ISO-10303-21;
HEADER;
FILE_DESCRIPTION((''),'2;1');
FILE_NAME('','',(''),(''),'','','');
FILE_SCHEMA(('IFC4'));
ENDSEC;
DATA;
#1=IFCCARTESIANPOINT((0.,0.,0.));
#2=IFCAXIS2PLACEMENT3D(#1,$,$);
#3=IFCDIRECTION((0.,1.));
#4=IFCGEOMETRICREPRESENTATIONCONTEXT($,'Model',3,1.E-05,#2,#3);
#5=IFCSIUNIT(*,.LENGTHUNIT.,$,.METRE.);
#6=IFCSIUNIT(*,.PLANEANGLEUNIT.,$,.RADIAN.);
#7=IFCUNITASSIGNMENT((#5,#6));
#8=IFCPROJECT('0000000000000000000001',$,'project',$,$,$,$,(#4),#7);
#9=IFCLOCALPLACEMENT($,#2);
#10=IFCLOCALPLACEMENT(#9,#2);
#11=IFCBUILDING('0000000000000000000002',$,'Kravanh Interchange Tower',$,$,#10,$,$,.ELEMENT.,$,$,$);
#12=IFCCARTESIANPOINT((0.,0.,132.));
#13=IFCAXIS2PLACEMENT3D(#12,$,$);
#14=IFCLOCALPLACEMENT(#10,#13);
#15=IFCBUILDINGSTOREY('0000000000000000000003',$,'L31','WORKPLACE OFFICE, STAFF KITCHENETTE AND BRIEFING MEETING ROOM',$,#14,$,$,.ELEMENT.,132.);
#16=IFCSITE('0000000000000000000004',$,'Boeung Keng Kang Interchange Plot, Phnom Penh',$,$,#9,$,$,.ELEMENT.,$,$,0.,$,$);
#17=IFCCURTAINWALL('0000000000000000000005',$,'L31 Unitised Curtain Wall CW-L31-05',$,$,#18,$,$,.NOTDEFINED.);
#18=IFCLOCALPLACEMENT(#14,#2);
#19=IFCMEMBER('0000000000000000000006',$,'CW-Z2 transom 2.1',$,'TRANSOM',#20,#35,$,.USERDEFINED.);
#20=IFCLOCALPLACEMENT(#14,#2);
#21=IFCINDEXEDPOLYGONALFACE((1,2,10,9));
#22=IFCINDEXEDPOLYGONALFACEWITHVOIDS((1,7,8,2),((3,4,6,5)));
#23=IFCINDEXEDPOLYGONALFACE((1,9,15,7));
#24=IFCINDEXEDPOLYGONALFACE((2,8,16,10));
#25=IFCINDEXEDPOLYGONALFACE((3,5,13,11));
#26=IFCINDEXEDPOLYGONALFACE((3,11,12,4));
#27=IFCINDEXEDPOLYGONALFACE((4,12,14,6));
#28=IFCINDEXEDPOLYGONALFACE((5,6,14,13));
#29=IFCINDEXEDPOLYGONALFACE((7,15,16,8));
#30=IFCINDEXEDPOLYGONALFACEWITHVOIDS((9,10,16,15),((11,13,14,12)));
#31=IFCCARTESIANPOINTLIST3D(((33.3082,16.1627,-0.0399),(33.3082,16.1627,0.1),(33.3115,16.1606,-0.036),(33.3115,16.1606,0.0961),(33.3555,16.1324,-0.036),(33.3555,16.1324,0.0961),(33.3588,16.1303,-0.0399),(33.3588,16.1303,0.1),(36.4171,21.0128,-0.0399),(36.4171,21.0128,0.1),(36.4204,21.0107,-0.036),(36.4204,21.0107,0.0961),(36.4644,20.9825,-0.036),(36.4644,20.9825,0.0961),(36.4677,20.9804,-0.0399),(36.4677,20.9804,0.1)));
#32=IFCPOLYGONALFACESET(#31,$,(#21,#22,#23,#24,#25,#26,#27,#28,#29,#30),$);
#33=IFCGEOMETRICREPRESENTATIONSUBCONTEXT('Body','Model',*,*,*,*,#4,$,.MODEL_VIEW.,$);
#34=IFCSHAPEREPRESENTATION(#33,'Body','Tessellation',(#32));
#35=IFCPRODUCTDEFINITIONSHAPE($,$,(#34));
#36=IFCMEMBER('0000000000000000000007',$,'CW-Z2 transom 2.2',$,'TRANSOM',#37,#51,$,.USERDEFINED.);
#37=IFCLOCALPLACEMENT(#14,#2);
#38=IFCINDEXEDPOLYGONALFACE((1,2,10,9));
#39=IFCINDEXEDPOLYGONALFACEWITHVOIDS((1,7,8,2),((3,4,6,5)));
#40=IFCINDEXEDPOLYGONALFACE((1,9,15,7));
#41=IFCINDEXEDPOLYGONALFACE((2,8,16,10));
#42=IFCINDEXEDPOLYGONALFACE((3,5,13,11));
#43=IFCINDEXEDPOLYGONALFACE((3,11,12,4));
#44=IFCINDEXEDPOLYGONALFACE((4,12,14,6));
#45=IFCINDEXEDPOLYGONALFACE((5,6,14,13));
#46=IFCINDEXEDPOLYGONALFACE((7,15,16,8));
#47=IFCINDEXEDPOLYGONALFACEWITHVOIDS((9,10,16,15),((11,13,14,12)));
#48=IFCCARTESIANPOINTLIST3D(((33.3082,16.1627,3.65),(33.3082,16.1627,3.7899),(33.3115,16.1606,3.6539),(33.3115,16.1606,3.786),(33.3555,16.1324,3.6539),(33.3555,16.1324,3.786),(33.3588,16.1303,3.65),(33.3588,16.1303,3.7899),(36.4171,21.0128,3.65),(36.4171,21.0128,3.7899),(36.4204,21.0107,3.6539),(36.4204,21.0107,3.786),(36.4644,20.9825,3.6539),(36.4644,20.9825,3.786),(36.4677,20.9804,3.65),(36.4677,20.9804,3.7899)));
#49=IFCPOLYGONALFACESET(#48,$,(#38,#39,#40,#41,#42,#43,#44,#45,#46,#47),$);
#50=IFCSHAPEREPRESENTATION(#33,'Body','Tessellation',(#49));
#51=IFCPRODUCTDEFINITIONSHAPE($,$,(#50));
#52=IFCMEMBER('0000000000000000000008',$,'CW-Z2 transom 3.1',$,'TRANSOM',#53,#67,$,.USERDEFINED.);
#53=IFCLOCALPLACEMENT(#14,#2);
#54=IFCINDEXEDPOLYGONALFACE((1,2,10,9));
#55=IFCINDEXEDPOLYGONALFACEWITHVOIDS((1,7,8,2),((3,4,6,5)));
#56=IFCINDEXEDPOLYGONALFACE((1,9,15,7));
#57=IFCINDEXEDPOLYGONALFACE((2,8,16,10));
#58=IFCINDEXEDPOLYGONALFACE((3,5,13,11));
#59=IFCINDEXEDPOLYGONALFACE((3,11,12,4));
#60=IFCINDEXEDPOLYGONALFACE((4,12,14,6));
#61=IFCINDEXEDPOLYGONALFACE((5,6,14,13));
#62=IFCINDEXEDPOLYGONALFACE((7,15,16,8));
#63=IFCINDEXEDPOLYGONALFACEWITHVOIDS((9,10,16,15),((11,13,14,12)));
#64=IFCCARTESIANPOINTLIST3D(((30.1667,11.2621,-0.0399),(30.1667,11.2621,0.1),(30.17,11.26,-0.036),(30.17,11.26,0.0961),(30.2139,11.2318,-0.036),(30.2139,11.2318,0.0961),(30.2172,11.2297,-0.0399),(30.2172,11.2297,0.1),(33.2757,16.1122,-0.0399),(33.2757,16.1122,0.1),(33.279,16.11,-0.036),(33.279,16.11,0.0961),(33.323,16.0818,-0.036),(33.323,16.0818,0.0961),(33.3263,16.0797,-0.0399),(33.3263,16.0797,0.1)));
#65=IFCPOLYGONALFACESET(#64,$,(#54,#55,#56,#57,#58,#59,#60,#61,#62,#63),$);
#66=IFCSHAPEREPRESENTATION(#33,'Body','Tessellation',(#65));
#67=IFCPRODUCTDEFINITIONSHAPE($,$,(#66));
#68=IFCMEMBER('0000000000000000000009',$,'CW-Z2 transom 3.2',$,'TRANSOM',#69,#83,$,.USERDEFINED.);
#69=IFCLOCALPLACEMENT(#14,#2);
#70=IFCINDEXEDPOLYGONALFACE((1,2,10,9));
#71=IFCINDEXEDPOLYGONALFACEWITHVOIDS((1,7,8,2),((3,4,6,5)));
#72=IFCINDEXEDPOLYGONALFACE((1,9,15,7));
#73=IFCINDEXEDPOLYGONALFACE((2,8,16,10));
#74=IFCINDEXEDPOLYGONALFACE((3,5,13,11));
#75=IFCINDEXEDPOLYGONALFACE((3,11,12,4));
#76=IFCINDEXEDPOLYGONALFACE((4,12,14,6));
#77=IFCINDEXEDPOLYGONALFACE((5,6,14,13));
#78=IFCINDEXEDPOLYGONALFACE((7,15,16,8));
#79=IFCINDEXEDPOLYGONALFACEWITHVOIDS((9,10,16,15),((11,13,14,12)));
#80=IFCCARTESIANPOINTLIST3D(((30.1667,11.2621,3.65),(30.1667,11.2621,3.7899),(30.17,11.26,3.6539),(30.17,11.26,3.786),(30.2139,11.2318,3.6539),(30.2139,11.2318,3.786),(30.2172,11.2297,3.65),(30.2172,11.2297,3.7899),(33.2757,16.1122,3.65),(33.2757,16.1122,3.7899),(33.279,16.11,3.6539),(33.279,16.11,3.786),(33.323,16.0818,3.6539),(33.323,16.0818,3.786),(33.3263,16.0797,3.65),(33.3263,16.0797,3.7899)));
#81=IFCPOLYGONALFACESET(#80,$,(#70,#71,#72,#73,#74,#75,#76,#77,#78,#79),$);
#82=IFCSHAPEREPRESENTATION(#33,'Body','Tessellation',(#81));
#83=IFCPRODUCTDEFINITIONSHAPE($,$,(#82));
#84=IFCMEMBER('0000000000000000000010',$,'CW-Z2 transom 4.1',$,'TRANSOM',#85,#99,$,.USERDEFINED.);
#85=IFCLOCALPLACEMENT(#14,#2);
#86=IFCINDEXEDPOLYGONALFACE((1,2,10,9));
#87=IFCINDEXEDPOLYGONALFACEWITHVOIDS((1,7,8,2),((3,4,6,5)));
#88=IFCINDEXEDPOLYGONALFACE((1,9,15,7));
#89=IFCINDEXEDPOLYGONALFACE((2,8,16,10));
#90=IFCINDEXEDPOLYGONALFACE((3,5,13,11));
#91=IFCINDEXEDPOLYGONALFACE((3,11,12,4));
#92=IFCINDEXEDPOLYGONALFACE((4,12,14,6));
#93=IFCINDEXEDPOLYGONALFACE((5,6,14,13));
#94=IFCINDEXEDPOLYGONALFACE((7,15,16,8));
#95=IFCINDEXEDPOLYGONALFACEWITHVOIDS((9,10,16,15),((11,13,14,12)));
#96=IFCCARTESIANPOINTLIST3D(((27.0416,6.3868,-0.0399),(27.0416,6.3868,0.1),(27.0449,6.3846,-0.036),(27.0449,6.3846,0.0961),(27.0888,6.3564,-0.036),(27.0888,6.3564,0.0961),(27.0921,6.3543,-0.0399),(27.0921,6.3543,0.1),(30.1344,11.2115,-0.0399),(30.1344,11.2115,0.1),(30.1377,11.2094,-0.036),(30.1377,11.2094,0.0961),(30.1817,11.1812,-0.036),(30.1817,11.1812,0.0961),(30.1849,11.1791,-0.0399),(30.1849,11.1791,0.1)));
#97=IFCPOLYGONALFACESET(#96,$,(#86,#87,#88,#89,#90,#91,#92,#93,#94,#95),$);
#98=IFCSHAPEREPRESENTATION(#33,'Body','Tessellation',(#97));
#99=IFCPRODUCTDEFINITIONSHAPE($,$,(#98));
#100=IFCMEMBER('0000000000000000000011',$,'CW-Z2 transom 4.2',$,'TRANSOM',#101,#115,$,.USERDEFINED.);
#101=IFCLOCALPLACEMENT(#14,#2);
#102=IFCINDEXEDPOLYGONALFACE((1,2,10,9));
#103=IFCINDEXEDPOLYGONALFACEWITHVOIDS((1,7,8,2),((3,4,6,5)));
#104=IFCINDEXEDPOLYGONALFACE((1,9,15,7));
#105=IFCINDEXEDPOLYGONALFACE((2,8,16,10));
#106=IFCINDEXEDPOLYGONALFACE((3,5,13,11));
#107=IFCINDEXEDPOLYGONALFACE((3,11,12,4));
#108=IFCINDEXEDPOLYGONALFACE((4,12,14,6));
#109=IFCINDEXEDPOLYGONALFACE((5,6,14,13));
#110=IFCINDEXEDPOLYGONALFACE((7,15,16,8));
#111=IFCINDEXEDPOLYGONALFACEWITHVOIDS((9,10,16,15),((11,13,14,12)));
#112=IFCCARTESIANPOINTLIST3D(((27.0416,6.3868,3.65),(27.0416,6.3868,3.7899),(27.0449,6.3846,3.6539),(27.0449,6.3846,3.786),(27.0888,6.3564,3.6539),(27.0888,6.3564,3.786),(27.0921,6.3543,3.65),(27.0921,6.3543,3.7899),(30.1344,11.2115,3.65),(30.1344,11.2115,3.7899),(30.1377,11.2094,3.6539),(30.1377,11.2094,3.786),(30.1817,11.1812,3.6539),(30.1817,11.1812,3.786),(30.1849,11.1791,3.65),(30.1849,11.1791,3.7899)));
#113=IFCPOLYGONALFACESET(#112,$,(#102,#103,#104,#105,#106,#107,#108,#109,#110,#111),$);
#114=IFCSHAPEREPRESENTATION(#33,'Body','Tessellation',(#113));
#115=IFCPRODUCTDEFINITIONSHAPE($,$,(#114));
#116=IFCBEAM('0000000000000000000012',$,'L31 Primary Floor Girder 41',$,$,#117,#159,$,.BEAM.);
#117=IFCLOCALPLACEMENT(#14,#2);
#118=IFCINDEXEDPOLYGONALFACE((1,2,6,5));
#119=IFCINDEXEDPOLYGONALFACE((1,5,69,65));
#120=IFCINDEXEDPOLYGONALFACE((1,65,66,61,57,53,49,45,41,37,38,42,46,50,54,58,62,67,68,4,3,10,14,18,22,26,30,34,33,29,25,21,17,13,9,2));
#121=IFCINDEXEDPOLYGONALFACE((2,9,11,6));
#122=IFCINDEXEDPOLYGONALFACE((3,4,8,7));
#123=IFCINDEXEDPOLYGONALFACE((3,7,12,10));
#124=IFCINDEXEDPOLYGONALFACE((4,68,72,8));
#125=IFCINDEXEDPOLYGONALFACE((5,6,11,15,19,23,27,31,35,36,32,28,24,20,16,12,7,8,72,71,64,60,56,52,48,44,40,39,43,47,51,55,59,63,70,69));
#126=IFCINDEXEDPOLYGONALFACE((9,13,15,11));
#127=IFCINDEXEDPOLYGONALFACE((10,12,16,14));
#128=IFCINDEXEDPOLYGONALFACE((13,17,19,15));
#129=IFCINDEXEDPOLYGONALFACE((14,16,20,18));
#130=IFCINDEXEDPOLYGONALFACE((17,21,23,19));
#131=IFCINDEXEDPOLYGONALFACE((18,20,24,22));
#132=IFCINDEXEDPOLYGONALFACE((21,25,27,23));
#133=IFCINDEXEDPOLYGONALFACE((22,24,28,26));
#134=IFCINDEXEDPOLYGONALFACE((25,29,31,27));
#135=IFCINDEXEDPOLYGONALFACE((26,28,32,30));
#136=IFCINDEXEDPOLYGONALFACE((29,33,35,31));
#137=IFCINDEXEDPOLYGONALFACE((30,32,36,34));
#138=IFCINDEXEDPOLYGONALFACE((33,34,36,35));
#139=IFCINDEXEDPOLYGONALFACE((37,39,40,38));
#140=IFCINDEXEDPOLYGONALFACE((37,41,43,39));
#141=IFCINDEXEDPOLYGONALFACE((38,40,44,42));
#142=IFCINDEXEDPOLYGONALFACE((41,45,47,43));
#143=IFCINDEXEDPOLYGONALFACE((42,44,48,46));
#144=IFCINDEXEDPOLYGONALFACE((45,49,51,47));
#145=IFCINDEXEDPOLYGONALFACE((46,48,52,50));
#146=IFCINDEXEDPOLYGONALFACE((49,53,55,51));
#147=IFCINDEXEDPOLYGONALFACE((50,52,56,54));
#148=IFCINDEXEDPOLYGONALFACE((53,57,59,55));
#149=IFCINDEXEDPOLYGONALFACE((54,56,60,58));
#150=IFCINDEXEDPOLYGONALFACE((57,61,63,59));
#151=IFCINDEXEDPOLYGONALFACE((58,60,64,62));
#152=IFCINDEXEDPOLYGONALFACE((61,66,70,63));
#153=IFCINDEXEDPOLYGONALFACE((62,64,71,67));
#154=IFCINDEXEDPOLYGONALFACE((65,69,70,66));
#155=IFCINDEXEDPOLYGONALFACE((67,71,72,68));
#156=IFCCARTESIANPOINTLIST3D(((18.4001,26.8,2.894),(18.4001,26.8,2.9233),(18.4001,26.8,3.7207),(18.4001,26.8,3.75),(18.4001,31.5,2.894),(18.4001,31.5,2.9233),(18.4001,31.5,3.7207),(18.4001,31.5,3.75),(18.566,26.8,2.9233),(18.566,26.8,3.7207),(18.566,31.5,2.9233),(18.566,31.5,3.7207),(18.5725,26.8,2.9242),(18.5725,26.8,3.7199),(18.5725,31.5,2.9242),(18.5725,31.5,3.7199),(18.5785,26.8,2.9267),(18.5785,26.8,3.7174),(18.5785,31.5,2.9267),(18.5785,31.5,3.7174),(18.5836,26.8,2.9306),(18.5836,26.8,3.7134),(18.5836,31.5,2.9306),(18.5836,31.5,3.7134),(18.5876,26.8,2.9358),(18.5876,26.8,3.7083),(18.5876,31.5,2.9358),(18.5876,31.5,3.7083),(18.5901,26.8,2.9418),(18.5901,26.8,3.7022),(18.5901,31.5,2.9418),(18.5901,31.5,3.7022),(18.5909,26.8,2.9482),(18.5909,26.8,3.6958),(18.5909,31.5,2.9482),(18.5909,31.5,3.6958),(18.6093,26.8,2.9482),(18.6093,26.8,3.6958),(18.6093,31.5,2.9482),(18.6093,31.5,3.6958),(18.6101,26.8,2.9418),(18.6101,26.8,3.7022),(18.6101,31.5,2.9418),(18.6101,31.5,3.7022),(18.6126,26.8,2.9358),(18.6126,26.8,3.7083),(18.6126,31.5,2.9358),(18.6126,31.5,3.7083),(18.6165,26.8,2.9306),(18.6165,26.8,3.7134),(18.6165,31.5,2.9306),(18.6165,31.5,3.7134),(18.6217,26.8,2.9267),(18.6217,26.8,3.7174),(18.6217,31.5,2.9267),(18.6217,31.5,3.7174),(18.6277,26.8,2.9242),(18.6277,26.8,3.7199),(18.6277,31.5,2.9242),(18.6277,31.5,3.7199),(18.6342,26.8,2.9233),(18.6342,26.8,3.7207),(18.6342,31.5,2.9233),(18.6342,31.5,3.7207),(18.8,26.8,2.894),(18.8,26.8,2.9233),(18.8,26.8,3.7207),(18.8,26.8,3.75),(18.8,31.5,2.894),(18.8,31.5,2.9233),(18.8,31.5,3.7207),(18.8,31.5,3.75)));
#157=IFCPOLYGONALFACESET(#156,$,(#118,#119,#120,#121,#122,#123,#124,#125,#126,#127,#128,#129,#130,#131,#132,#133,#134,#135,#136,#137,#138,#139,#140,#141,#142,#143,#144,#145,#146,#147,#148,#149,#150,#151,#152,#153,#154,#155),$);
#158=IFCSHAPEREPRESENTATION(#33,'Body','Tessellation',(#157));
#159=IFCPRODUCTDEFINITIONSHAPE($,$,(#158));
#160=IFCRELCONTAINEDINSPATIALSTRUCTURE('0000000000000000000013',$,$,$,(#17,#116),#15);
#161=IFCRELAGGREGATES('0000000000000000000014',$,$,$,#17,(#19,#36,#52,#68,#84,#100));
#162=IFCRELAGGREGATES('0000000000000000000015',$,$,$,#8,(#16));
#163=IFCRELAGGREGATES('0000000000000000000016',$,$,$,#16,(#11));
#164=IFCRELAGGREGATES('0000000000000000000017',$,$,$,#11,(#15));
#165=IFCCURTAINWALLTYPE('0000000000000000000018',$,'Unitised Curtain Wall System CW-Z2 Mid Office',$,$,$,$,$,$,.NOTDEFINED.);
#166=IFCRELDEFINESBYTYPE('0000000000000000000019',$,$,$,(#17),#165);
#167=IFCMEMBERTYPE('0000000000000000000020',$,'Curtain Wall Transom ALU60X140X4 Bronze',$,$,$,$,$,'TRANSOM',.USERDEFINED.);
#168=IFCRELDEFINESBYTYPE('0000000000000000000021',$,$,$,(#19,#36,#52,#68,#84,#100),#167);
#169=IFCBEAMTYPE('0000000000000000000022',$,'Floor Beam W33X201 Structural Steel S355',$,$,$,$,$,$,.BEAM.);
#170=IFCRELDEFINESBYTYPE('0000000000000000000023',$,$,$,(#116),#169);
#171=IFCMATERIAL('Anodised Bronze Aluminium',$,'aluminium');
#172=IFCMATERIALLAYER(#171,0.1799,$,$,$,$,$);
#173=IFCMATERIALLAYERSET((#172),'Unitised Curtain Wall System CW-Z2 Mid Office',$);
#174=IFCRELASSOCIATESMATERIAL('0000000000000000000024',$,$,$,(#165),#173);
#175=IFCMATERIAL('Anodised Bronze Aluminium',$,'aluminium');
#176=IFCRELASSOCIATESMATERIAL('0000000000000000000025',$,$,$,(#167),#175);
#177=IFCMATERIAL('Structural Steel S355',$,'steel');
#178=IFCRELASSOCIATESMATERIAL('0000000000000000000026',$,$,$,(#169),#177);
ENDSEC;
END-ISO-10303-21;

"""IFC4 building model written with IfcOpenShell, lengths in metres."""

from ifc_helpers import new_model, si_unit, direction, frame, origin, origin_2d, place, context, subcontext, project, spatial, hollow_rectangle, i_section, extrude, material, layer, layer_set, material_profile, profile_set, type_object, element, aggregate, save


model = new_model("IFC4")

# Units and contexts
model_context = context("Model", 3, precision=1e-05, world=origin(), true_north=direction((0.0, 1.0)))
body_context = subcontext(model_context, "Body", "Model", "MODEL_VIEW")
ifc_project = project(units=[si_unit("LENGTHUNIT", "METRE"), si_unit("PLANEANGLEUNIT", "RADIAN")], contexts=[model_context])

# Site, building, storey
site_placement = place(None, origin())
site = spatial("IfcSite", under=ifc_project, at=site_placement, Name="Boeung Keng Kang Interchange Plot, Phnom Penh", CompositionType="ELEMENT", RefElevation=0.0)
building_placement = place(site_placement, origin())
building = spatial("IfcBuilding", under=site, at=building_placement, Name="Kravanh Interchange Tower", CompositionType="ELEMENT")
storey_placement = place(building_placement, frame((0.0, 0.0, 132.0)))
storey = spatial("IfcBuildingStorey", under=building, at=storey_placement, Name="L31", Description="WORKPLACE OFFICE, STAFF KITCHENETTE AND BRIEFING MEETING ROOM", CompositionType="ELEMENT", Elevation=132.0)

# Curtain wall, members
ifc_material_1 = material(Name="Anodised Bronze Aluminium", Category="aluminium")
ifc_layer_1 = layer(ifc_material_1, 0.1799)
ifc_layer_set_1 = layer_set([ifc_layer_1], Name="Unitised Curtain Wall System CW-Z2 Mid Office")
curtain_wall_type = type_object("IfcCurtainWallType", Name="Unitised Curtain Wall System CW-Z2 Mid Office", PredefinedType="NOTDEFINED", material=ifc_layer_set_1)
curtain_wall_placement = place(storey_placement, origin())
curtain_wall = element("IfcCurtainWall", 1, at=curtain_wall_placement, inside=storey, type_object=curtain_wall_type, Name="L31 Unitised Curtain Wall CW-L31-05", PredefinedType="NOTDEFINED")
ifc_material_2 = material(Name="Anodised Bronze Aluminium", Category="aluminium")
ifc_material_profile_1 = material_profile(ifc_material_2, hollow_rectangle(XDim=0.0601, YDim=0.1399, WallThickness=0.0039, at=origin_2d()), Name="ALU60X140X4")
ifc_profile_set_1 = profile_set([ifc_material_profile_1], Name="Anodised Bronze Aluminium")
member_type_1 = type_object("IfcMemberType", Name="Curtain Wall Transom ALU60X140X4 Bronze", ElementType="TRANSOM", PredefinedType="USERDEFINED", material=ifc_profile_set_1)
member_1_placement = place(storey_placement, frame((36.4424, 20.9966, 0.03), z_axis=(-0.539648, -0.841891, 0.0), x_axis=(0.841891, -0.539648, 0.0)))
member_1 = element("IfcMember", 2, at=member_1_placement, type_object=member_type_1, Name="CW-Z2 transom 2.1", ObjectType="TRANSOM", PredefinedType="USERDEFINED", context=body_context, shape_type="SweptSolid", body=[
    extrude(hollow_rectangle(XDim=0.0601, YDim=0.1399, WallThickness=0.0039, at=origin_2d()), origin(), (0.0, 0.0, 1.0), 5.761),
])
member_2_placement = place(storey_placement, frame((36.4424, 20.9966, 3.72), z_axis=(-0.539648, -0.841891, 0.0), x_axis=(0.841891, -0.539648, 0.0)))
member_2 = element("IfcMember", 3, at=member_2_placement, type_object=member_type_1, Name="CW-Z2 transom 2.2", ObjectType="TRANSOM", PredefinedType="USERDEFINED", context=body_context, shape_type="SweptSolid", body=[
    extrude(hollow_rectangle(XDim=0.0601, YDim=0.1399, WallThickness=0.0039, at=origin_2d()), origin(), (0.0, 0.0, 1.0), 5.761),
])
member_3_placement = place(storey_placement, frame((33.301, 16.0959, 0.03), z_axis=(-0.539678, -0.841872, 0.0), x_axis=(0.841872, -0.539678, 0.0)))
member_3 = element("IfcMember", 4, at=member_3_placement, type_object=member_type_1, Name="CW-Z2 transom 3.1", ObjectType="TRANSOM", PredefinedType="USERDEFINED", context=body_context, shape_type="SweptSolid", body=[
    extrude(hollow_rectangle(XDim=0.0601, YDim=0.1399, WallThickness=0.0039, at=origin_2d()), origin(), (0.0, 0.0, 1.0), 5.761),
])
member_4_placement = place(storey_placement, frame((33.301, 16.0959, 3.72), z_axis=(-0.539678, -0.841872, 0.0), x_axis=(0.841872, -0.539678, 0.0)))
member_4 = element("IfcMember", 5, at=member_4_placement, type_object=member_type_1, Name="CW-Z2 transom 3.2", ObjectType="TRANSOM", PredefinedType="USERDEFINED", context=body_context, shape_type="SweptSolid", body=[
    extrude(hollow_rectangle(XDim=0.0601, YDim=0.1399, WallThickness=0.0039, at=origin_2d()), origin(), (0.0, 0.0, 1.0), 5.761),
])
member_5_placement = place(storey_placement, frame((30.1597, 11.1953, 0.03), z_axis=(-0.539668, -0.841878, 0.0), x_axis=(0.841878, -0.539668, 0.0)))
member_5 = element("IfcMember", 6, at=member_5_placement, type_object=member_type_1, Name="CW-Z2 transom 4.1", ObjectType="TRANSOM", PredefinedType="USERDEFINED", context=body_context, shape_type="SweptSolid", body=[
    extrude(hollow_rectangle(XDim=0.0601, YDim=0.1399, WallThickness=0.0039, at=origin_2d()), origin(), (0.0, 0.0, 1.0), 5.731),
])
member_6_placement = place(storey_placement, frame((30.1597, 11.1953, 3.72), z_axis=(-0.539668, -0.841878, 0.0), x_axis=(0.841878, -0.539668, 0.0)))
member_6 = element("IfcMember", 7, at=member_6_placement, type_object=member_type_1, Name="CW-Z2 transom 4.2", ObjectType="TRANSOM", PredefinedType="USERDEFINED", context=body_context, shape_type="SweptSolid", body=[
    extrude(hollow_rectangle(XDim=0.0601, YDim=0.1399, WallThickness=0.0039, at=origin_2d()), origin(), (0.0, 0.0, 1.0), 5.731),
])

# Beam
ifc_material_3 = material(Name="Structural Steel S355", Category="steel")
ifc_material_profile_2 = material_profile(ifc_material_3, i_section(OverallWidth=0.3999, OverallDepth=0.856, WebThickness=0.0183, FlangeThickness=0.0293, FilletRadius=0.0249, at=origin_2d()), Name="W33X201")
ifc_profile_set_2 = profile_set([ifc_material_profile_2], Name="Structural Steel S355")
beam_type_1 = type_object("IfcBeamType", Name="Floor Beam W33X201 Structural Steel S355", PredefinedType="BEAM", material=ifc_profile_set_2)
beam_1_placement = place(storey_placement, frame((18.6001, 26.8, 3.322), z_axis=(0.0, 1.0, 0.0), x_axis=(-1.0, 0.0, 0.0)))
element("IfcBeam", 8, at=beam_1_placement, inside=storey, type_object=beam_type_1, Name="L31 Primary Floor Girder 41", PredefinedType="BEAM", context=body_context, shape_type="SweptSolid", body=[
    extrude(i_section(OverallWidth=0.3999, OverallDepth=0.856, WebThickness=0.0183, FlangeThickness=0.0293, FilletRadius=0.0249, at=origin_2d()), origin(), (0.0, 0.0, 1.0), 4.7),
])

aggregate(curtain_wall, [member_1, member_2, member_3, member_4, member_5, member_6])

save(model, "model.ifc")
